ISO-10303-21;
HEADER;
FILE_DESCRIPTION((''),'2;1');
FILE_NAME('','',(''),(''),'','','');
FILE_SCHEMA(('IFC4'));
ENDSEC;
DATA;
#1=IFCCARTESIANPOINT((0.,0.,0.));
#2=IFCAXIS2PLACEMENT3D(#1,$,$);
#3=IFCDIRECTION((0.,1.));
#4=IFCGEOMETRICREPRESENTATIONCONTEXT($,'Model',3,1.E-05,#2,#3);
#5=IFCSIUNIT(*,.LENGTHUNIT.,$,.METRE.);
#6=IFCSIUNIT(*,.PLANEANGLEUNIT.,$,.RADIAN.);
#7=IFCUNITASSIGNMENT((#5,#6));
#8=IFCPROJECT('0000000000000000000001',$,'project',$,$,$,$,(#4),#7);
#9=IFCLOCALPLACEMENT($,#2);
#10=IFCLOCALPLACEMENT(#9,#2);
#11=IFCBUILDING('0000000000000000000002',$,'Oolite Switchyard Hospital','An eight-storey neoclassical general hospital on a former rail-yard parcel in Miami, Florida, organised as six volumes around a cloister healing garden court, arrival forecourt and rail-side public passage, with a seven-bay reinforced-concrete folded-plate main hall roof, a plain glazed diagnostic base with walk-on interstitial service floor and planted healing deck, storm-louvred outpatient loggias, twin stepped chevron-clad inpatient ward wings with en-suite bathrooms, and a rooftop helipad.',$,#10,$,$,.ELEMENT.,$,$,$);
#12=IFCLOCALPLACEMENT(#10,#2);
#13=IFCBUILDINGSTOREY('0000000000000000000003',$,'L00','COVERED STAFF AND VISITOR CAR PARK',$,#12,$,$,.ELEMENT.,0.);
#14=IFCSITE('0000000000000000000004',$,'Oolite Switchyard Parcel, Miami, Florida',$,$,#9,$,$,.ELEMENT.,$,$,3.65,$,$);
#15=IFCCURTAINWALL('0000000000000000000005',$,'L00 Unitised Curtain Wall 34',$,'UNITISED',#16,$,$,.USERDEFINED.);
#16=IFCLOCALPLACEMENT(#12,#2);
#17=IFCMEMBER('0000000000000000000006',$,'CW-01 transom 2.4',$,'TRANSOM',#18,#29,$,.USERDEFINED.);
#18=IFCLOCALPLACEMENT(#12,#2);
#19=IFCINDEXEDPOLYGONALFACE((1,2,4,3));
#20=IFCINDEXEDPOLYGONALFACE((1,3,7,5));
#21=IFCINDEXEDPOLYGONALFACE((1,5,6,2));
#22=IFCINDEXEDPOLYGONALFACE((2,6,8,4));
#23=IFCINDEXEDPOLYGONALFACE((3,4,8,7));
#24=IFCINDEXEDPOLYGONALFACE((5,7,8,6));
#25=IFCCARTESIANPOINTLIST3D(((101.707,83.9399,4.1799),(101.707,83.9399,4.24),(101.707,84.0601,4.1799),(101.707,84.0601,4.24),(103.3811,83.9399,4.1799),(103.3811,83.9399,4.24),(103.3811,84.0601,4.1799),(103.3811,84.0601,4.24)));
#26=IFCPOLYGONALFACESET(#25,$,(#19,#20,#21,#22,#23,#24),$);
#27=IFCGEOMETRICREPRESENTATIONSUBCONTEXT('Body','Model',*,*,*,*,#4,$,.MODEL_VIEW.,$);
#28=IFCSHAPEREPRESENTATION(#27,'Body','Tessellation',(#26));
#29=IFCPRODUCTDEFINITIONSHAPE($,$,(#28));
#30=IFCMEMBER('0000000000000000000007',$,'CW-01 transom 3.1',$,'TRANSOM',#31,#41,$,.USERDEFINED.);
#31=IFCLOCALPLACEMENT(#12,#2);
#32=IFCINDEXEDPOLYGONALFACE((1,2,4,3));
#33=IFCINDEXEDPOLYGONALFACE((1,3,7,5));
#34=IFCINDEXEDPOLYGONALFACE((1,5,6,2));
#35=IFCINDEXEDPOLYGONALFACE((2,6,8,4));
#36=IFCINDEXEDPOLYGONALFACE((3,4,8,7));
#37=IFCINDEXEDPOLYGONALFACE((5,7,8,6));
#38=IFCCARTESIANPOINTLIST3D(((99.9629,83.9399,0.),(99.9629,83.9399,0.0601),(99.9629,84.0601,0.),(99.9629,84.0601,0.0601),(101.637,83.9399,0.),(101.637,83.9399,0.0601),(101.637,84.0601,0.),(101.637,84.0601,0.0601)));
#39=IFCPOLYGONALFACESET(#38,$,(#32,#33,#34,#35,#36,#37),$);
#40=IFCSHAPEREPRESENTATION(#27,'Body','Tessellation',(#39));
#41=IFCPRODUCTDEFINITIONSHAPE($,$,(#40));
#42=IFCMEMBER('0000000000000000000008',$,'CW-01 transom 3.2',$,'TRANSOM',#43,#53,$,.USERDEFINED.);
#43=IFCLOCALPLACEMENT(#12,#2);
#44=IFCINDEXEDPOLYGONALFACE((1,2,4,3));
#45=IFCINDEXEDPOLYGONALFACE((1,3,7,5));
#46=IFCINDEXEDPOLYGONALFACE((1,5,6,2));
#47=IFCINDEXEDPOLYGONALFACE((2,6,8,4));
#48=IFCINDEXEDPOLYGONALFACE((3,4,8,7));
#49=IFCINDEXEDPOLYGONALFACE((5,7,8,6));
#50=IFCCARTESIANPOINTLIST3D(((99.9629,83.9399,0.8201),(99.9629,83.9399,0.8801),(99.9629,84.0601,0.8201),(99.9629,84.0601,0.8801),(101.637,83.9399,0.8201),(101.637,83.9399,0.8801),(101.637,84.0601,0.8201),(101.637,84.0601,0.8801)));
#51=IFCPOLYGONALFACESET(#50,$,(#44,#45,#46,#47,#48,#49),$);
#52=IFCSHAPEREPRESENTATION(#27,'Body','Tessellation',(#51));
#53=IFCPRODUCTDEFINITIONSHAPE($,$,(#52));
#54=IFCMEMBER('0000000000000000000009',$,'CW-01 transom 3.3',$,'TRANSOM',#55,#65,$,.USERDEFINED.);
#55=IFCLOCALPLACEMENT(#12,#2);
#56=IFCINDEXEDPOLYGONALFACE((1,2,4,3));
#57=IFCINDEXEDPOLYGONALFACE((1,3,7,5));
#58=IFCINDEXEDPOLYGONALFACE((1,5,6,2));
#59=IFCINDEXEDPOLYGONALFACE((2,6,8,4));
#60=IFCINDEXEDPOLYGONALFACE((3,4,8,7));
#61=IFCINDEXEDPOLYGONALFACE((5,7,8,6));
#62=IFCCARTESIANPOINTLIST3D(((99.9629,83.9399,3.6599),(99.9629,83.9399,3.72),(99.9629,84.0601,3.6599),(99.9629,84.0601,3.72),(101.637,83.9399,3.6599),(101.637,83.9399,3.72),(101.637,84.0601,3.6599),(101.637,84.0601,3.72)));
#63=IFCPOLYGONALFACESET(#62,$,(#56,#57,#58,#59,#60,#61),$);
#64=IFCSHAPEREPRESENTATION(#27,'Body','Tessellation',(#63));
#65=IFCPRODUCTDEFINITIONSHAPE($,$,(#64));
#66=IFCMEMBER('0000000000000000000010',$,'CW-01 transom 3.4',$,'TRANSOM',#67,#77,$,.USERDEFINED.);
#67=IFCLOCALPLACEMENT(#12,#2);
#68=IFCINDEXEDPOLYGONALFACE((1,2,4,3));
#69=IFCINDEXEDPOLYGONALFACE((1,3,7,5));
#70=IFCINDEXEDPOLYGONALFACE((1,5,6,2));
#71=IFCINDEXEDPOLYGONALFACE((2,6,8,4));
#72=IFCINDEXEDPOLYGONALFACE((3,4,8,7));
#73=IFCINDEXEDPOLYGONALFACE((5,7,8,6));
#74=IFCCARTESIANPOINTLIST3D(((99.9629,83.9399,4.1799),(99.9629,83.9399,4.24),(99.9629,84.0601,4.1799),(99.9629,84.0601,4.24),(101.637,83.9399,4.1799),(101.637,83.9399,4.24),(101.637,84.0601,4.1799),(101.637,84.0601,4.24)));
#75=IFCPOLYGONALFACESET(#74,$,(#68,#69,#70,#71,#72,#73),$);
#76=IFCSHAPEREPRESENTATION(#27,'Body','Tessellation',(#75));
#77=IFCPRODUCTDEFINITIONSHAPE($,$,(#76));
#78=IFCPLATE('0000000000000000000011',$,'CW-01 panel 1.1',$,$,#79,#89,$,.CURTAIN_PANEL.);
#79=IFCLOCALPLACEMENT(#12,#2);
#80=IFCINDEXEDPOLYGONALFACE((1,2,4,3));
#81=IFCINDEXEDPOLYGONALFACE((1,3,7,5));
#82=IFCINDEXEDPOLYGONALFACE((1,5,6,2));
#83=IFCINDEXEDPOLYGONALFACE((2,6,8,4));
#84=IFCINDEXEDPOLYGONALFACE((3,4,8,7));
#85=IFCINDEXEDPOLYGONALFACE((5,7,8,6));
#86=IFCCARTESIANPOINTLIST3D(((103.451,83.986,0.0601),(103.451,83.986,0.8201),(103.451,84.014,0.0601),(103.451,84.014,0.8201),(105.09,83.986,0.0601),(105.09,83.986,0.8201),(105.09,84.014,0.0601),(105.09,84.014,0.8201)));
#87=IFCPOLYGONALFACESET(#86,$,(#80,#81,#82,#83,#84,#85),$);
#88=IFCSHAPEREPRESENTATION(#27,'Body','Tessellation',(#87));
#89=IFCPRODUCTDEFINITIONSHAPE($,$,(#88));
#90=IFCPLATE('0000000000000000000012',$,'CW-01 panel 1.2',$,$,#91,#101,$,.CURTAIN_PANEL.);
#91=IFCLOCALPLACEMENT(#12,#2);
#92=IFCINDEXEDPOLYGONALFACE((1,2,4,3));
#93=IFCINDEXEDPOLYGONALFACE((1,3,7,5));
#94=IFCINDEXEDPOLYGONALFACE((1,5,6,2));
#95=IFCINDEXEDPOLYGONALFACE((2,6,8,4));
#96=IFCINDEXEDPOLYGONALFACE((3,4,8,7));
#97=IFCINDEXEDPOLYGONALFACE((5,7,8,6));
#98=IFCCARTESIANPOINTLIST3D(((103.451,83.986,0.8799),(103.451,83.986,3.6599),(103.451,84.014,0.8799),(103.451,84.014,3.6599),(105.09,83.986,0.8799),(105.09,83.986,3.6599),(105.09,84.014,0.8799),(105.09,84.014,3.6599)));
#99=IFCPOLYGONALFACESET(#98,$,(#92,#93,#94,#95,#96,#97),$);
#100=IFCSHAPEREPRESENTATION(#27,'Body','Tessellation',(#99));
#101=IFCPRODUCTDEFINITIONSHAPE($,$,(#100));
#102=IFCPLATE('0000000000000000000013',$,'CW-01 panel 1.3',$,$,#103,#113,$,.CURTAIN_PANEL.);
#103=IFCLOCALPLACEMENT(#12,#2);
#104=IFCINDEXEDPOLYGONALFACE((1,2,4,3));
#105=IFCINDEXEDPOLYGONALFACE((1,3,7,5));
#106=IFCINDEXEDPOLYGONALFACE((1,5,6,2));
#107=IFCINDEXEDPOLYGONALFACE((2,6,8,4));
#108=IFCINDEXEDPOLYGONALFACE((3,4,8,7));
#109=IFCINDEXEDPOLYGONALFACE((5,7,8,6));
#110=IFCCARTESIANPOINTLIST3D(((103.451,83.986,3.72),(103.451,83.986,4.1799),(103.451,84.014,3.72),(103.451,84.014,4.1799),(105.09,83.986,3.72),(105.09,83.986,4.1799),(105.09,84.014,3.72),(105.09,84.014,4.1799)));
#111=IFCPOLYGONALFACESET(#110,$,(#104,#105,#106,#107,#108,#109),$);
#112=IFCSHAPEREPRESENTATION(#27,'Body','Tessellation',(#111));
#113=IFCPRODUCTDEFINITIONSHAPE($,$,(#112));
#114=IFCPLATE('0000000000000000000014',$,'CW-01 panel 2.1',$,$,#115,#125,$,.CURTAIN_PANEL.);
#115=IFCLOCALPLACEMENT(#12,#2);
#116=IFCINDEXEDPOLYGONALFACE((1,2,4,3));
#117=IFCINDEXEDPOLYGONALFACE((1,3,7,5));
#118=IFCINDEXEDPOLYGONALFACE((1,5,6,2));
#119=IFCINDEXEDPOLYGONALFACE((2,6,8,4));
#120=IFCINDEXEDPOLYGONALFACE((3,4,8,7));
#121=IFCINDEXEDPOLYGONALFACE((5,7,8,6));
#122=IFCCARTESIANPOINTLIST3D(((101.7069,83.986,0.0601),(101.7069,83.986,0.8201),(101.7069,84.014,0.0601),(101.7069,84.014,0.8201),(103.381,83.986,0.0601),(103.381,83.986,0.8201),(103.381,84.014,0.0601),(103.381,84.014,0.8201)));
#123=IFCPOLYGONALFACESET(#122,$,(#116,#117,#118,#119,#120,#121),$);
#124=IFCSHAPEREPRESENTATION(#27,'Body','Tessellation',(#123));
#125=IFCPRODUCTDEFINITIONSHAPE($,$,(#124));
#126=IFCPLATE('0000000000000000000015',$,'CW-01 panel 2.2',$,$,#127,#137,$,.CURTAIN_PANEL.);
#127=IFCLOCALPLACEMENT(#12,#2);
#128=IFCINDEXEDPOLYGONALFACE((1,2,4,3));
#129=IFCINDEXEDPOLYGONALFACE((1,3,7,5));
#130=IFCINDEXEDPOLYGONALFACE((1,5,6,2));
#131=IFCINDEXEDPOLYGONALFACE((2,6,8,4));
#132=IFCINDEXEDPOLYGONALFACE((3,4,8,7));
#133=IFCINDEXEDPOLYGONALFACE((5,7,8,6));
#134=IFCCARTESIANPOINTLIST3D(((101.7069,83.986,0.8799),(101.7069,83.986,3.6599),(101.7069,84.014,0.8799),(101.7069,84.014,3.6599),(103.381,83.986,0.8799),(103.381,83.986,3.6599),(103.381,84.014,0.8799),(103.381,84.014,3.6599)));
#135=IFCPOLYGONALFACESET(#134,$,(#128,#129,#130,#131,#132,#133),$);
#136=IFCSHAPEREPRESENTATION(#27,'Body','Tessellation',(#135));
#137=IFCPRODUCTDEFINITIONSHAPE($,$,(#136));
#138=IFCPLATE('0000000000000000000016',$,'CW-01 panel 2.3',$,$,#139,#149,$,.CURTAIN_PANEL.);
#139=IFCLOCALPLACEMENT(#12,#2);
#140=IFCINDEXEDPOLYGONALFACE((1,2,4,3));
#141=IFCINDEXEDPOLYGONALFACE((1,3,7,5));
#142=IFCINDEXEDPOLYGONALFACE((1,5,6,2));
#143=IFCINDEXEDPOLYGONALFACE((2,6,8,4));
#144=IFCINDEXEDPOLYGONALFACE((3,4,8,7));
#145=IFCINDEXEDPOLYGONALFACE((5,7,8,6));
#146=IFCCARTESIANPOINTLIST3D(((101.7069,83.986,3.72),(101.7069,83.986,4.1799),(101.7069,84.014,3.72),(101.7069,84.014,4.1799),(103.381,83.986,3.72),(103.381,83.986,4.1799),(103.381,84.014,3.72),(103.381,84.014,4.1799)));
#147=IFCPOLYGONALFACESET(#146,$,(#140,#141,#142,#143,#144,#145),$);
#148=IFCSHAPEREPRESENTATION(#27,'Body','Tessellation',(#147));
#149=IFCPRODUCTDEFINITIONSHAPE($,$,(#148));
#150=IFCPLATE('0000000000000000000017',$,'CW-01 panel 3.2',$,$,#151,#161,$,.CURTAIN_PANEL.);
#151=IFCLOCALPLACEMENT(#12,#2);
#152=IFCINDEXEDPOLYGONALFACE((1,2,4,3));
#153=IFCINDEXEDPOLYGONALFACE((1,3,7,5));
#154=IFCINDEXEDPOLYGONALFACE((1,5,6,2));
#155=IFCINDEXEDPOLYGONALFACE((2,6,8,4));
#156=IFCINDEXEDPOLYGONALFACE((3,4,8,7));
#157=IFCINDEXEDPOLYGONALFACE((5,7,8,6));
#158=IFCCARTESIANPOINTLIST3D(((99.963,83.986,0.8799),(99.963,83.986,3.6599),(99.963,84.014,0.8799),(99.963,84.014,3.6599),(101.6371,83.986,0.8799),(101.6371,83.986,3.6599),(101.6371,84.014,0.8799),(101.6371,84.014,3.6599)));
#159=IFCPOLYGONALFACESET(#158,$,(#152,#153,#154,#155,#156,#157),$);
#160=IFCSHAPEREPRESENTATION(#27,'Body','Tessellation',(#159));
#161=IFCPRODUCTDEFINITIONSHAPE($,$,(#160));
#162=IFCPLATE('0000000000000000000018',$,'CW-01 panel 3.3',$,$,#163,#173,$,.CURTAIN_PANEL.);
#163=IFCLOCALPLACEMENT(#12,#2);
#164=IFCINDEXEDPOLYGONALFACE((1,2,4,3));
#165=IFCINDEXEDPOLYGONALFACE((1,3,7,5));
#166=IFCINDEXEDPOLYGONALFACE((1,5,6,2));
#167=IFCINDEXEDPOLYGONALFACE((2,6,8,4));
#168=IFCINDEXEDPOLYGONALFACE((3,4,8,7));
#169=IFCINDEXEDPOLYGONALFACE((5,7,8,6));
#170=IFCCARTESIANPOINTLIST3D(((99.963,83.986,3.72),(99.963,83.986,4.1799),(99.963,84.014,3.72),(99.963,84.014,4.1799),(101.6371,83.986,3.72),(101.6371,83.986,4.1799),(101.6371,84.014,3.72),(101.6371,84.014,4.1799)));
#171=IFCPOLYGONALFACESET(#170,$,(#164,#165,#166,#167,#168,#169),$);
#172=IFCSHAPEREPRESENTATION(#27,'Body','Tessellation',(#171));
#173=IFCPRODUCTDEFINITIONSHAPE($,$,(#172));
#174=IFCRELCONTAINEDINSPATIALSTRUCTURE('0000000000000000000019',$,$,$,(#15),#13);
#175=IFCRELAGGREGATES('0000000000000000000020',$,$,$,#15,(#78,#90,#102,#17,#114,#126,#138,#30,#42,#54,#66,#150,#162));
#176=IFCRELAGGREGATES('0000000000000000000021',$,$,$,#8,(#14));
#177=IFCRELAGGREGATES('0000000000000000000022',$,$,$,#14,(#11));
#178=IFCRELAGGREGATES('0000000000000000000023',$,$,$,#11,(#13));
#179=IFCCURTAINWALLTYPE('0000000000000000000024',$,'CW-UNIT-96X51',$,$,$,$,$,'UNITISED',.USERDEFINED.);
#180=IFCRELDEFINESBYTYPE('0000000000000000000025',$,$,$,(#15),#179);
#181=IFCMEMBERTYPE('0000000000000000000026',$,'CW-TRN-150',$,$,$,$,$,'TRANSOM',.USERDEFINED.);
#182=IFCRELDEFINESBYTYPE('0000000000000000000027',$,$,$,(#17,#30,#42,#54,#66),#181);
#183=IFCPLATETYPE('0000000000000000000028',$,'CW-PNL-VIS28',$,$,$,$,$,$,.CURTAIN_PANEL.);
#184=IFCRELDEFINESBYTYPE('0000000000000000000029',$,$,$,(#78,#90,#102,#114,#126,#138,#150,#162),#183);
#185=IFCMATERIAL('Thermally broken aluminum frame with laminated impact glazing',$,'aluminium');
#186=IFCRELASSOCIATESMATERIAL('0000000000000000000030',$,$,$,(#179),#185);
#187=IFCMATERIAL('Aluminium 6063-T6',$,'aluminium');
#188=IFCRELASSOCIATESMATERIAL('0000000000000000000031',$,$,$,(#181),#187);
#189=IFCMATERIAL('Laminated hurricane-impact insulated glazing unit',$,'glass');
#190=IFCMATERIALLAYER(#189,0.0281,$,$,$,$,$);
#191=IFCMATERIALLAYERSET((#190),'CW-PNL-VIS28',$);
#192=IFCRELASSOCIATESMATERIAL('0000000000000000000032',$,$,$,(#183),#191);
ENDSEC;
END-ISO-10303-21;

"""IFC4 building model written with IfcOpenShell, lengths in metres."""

from ifc_helpers import new_model, si_unit, direction, frame, origin, origin_2d, place, context, subcontext, project, spatial, rectangle, extrude, material, layer, layer_set, material_profile, profile_set, type_object, element, aggregate, save


model = new_model("IFC4")

# Units and contexts
model_context = context("Model", 3, precision=1e-05, world=origin(), true_north=direction((0.0, 1.0)))
body_context = subcontext(model_context, "Body", "Model", "MODEL_VIEW")
ifc_project = project(units=[si_unit("LENGTHUNIT", "METRE"), si_unit("PLANEANGLEUNIT", "RADIAN")], contexts=[model_context])

# Site, building, storey
site_placement = place(None, origin())
site = spatial("IfcSite", under=ifc_project, at=site_placement, Name="Oolite Switchyard Parcel, Miami, Florida", CompositionType="ELEMENT", RefElevation=3.65)
building_placement = place(site_placement, origin())
building = spatial("IfcBuilding", under=site, at=building_placement, Name="Oolite Switchyard Hospital", Description="An eight-storey neoclassical general hospital on a former rail-yard parcel in Miami, Florida, organised as six volumes around a cloister healing garden court, arrival forecourt and rail-side public passage, with a seven-bay reinforced-concrete folded-plate main hall roof, a plain glazed diagnostic base with walk-on interstitial service floor and planted healing deck, storm-louvred outpatient loggias, twin stepped chevron-clad inpatient ward wings with en-suite bathrooms, and a rooftop helipad.", CompositionType="ELEMENT")
storey_placement = place(building_placement, origin())
storey = spatial("IfcBuildingStorey", under=building, at=storey_placement, Name="L00", Description="COVERED STAFF AND VISITOR CAR PARK", CompositionType="ELEMENT", Elevation=0.0)

# Curtain wall, members, plates
ifc_material_1 = material(Name="Thermally broken aluminum frame with laminated impact glazing", Category="aluminium")
curtain_wall_type = type_object("IfcCurtainWallType", Name="CW-UNIT-96X51", ElementType="UNITISED", PredefinedType="USERDEFINED", material=ifc_material_1)
curtain_wall_placement = place(storey_placement, origin())
curtain_wall = element("IfcCurtainWall", 1, at=curtain_wall_placement, inside=storey, type_object=curtain_wall_type, Name="L00 Unitised Curtain Wall 34", ObjectType="UNITISED", PredefinedType="USERDEFINED")
ifc_material_2 = material(Name="Aluminium 6063-T6", Category="aluminium")
ifc_material_profile_1 = material_profile(ifc_material_2, rectangle(XDim=0.1201, YDim=0.0601, at=origin_2d()), Name="CWT60X120")
ifc_profile_set_1 = profile_set([ifc_material_profile_1], Name="Aluminium 6063-T6")
member_type_1 = type_object("IfcMemberType", Name="CW-TRN-150", ElementType="TRANSOM", PredefinedType="USERDEFINED", material=ifc_profile_set_1)
member_1_placement = place(storey_placement, frame((103.3811, 84.0, 4.21), z_axis=(-1.0, 0.0, 0.0), x_axis=(0.0, -1.0, 0.0)))
member_1 = element("IfcMember", 2, at=member_1_placement, type_object=member_type_1, Name="CW-01 transom 2.4", ObjectType="TRANSOM", PredefinedType="USERDEFINED", context=body_context, shape_type="SweptSolid", body=[
    extrude(rectangle(XDim=0.1201, YDim=0.0601, at=origin_2d()), origin(), (0.0, 0.0, 1.0), 1.6741),
])
member_2_placement = place(storey_placement, frame((101.637, 84.0, 0.03), z_axis=(-1.0, 0.0, 0.0), x_axis=(0.0, -1.0, 0.0)))
member_2 = element("IfcMember", 3, at=member_2_placement, type_object=member_type_1, Name="CW-01 transom 3.1", ObjectType="TRANSOM", PredefinedType="USERDEFINED", context=body_context, shape_type="SweptSolid", body=[
    extrude(rectangle(XDim=0.1201, YDim=0.0601, at=origin_2d()), origin(), (0.0, 0.0, 1.0), 1.6741),
])
member_3_placement = place(storey_placement, frame((101.637, 84.0, 0.8501), z_axis=(-1.0, 0.0, 0.0), x_axis=(0.0, -1.0, 0.0)))
member_3 = element("IfcMember", 4, at=member_3_placement, type_object=member_type_1, Name="CW-01 transom 3.2", ObjectType="TRANSOM", PredefinedType="USERDEFINED", context=body_context, shape_type="SweptSolid", body=[
    extrude(rectangle(XDim=0.1201, YDim=0.0601, at=origin_2d()), origin(), (0.0, 0.0, 1.0), 1.6741),
])
member_4_placement = place(storey_placement, frame((101.637, 84.0, 3.6899), z_axis=(-1.0, 0.0, 0.0), x_axis=(0.0, -1.0, 0.0)))
member_4 = element("IfcMember", 5, at=member_4_placement, type_object=member_type_1, Name="CW-01 transom 3.3", ObjectType="TRANSOM", PredefinedType="USERDEFINED", context=body_context, shape_type="SweptSolid", body=[
    extrude(rectangle(XDim=0.1201, YDim=0.0601, at=origin_2d()), origin(), (0.0, 0.0, 1.0), 1.6741),
])
member_5_placement = place(storey_placement, frame((101.637, 84.0, 4.21), z_axis=(-1.0, 0.0, 0.0), x_axis=(0.0, -1.0, 0.0)))
member_5 = element("IfcMember", 6, at=member_5_placement, type_object=member_type_1, Name="CW-01 transom 3.4", ObjectType="TRANSOM", PredefinedType="USERDEFINED", context=body_context, shape_type="SweptSolid", body=[
    extrude(rectangle(XDim=0.1201, YDim=0.0601, at=origin_2d()), origin(), (0.0, 0.0, 1.0), 1.6741),
])
ifc_material_3 = material(Name="Laminated hurricane-impact insulated glazing unit", Category="glass")
ifc_layer = layer(ifc_material_3, 0.0281)
ifc_layer_set = layer_set([ifc_layer], Name="CW-PNL-VIS28")
plate_type = type_object("IfcPlateType", Name="CW-PNL-VIS28", PredefinedType="CURTAIN_PANEL", material=ifc_layer_set)
plate_1_placement = place(storey_placement, frame((104.2705, 84.0, 0.0601), z_axis=(0.0, 0.0, 1.0), x_axis=(-1.0, 0.0, 0.0)))
plate_1 = element("IfcPlate", 7, at=plate_1_placement, type_object=plate_type, Name="CW-01 panel 1.1", PredefinedType="CURTAIN_PANEL", context=body_context, shape_type="SweptSolid", body=[
    extrude(rectangle(XDim=1.6389, YDim=0.0281, at=origin_2d()), origin(), (0.0, 0.0, 1.0), 0.76),
])
plate_2_placement = place(storey_placement, frame((104.2705, 84.0, 0.8799), z_axis=(0.0, 0.0, 1.0), x_axis=(-1.0, 0.0, 0.0)))
plate_2 = element("IfcPlate", 8, at=plate_2_placement, type_object=plate_type, Name="CW-01 panel 1.2", PredefinedType="CURTAIN_PANEL", context=body_context, shape_type="SweptSolid", body=[
    extrude(rectangle(XDim=1.6389, YDim=0.0281, at=origin_2d()), origin(), (0.0, 0.0, 1.0), 2.78),
])
plate_3_placement = place(storey_placement, frame((104.2705, 84.0, 3.72), z_axis=(0.0, 0.0, 1.0), x_axis=(-1.0, 0.0, 0.0)))
plate_3 = element("IfcPlate", 9, at=plate_3_placement, type_object=plate_type, Name="CW-01 panel 1.3", PredefinedType="CURTAIN_PANEL", context=body_context, shape_type="SweptSolid", body=[
    extrude(rectangle(XDim=1.6389, YDim=0.0281, at=origin_2d()), origin(), (0.0, 0.0, 1.0), 0.46),
])
plate_4_placement = place(storey_placement, frame((102.5439, 84.0, 0.0601), z_axis=(0.0, 0.0, 1.0), x_axis=(-1.0, 0.0, 0.0)))
plate_4 = element("IfcPlate", 10, at=plate_4_placement, type_object=plate_type, Name="CW-01 panel 2.1", PredefinedType="CURTAIN_PANEL", context=body_context, shape_type="SweptSolid", body=[
    extrude(rectangle(XDim=1.6741, YDim=0.0281, at=origin_2d()), origin(), (0.0, 0.0, 1.0), 0.76),
])
plate_5_placement = place(storey_placement, frame((102.5439, 84.0, 0.8799), z_axis=(0.0, 0.0, 1.0), x_axis=(-1.0, 0.0, 0.0)))
plate_5 = element("IfcPlate", 11, at=plate_5_placement, type_object=plate_type, Name="CW-01 panel 2.2", PredefinedType="CURTAIN_PANEL", context=body_context, shape_type="SweptSolid", body=[
    extrude(rectangle(XDim=1.6741, YDim=0.0281, at=origin_2d()), origin(), (0.0, 0.0, 1.0), 2.78),
])
plate_6_placement = place(storey_placement, frame((102.5439, 84.0, 3.72), z_axis=(0.0, 0.0, 1.0), x_axis=(-1.0, 0.0, 0.0)))
plate_6 = element("IfcPlate", 12, at=plate_6_placement, type_object=plate_type, Name="CW-01 panel 2.3", PredefinedType="CURTAIN_PANEL", context=body_context, shape_type="SweptSolid", body=[
    extrude(rectangle(XDim=1.6741, YDim=0.0281, at=origin_2d()), origin(), (0.0, 0.0, 1.0), 0.46),
])
plate_7_placement = place(storey_placement, frame((100.8, 84.0, 0.8799), z_axis=(0.0, 0.0, 1.0), x_axis=(-1.0, 0.0, 0.0)))
plate_7 = element("IfcPlate", 13, at=plate_7_placement, type_object=plate_type, Name="CW-01 panel 3.2", PredefinedType="CURTAIN_PANEL", context=body_context, shape_type="SweptSolid", body=[
    extrude(rectangle(XDim=1.6741, YDim=0.0281, at=origin_2d()), origin(), (0.0, 0.0, 1.0), 2.78),
])
plate_8_placement = place(storey_placement, frame((100.8, 84.0, 3.72), z_axis=(0.0, 0.0, 1.0), x_axis=(-1.0, 0.0, 0.0)))
plate_8 = element("IfcPlate", 14, at=plate_8_placement, type_object=plate_type, Name="CW-01 panel 3.3", PredefinedType="CURTAIN_PANEL", context=body_context, shape_type="SweptSolid", body=[
    extrude(rectangle(XDim=1.6741, YDim=0.0281, at=origin_2d()), origin(), (0.0, 0.0, 1.0), 0.46),
])
aggregate(curtain_wall, [plate_1, plate_2, plate_3, member_1, plate_4, plate_5, plate_6, member_2, member_3, member_4, member_5, plate_7, plate_8])

save(model, "model.ifc")
